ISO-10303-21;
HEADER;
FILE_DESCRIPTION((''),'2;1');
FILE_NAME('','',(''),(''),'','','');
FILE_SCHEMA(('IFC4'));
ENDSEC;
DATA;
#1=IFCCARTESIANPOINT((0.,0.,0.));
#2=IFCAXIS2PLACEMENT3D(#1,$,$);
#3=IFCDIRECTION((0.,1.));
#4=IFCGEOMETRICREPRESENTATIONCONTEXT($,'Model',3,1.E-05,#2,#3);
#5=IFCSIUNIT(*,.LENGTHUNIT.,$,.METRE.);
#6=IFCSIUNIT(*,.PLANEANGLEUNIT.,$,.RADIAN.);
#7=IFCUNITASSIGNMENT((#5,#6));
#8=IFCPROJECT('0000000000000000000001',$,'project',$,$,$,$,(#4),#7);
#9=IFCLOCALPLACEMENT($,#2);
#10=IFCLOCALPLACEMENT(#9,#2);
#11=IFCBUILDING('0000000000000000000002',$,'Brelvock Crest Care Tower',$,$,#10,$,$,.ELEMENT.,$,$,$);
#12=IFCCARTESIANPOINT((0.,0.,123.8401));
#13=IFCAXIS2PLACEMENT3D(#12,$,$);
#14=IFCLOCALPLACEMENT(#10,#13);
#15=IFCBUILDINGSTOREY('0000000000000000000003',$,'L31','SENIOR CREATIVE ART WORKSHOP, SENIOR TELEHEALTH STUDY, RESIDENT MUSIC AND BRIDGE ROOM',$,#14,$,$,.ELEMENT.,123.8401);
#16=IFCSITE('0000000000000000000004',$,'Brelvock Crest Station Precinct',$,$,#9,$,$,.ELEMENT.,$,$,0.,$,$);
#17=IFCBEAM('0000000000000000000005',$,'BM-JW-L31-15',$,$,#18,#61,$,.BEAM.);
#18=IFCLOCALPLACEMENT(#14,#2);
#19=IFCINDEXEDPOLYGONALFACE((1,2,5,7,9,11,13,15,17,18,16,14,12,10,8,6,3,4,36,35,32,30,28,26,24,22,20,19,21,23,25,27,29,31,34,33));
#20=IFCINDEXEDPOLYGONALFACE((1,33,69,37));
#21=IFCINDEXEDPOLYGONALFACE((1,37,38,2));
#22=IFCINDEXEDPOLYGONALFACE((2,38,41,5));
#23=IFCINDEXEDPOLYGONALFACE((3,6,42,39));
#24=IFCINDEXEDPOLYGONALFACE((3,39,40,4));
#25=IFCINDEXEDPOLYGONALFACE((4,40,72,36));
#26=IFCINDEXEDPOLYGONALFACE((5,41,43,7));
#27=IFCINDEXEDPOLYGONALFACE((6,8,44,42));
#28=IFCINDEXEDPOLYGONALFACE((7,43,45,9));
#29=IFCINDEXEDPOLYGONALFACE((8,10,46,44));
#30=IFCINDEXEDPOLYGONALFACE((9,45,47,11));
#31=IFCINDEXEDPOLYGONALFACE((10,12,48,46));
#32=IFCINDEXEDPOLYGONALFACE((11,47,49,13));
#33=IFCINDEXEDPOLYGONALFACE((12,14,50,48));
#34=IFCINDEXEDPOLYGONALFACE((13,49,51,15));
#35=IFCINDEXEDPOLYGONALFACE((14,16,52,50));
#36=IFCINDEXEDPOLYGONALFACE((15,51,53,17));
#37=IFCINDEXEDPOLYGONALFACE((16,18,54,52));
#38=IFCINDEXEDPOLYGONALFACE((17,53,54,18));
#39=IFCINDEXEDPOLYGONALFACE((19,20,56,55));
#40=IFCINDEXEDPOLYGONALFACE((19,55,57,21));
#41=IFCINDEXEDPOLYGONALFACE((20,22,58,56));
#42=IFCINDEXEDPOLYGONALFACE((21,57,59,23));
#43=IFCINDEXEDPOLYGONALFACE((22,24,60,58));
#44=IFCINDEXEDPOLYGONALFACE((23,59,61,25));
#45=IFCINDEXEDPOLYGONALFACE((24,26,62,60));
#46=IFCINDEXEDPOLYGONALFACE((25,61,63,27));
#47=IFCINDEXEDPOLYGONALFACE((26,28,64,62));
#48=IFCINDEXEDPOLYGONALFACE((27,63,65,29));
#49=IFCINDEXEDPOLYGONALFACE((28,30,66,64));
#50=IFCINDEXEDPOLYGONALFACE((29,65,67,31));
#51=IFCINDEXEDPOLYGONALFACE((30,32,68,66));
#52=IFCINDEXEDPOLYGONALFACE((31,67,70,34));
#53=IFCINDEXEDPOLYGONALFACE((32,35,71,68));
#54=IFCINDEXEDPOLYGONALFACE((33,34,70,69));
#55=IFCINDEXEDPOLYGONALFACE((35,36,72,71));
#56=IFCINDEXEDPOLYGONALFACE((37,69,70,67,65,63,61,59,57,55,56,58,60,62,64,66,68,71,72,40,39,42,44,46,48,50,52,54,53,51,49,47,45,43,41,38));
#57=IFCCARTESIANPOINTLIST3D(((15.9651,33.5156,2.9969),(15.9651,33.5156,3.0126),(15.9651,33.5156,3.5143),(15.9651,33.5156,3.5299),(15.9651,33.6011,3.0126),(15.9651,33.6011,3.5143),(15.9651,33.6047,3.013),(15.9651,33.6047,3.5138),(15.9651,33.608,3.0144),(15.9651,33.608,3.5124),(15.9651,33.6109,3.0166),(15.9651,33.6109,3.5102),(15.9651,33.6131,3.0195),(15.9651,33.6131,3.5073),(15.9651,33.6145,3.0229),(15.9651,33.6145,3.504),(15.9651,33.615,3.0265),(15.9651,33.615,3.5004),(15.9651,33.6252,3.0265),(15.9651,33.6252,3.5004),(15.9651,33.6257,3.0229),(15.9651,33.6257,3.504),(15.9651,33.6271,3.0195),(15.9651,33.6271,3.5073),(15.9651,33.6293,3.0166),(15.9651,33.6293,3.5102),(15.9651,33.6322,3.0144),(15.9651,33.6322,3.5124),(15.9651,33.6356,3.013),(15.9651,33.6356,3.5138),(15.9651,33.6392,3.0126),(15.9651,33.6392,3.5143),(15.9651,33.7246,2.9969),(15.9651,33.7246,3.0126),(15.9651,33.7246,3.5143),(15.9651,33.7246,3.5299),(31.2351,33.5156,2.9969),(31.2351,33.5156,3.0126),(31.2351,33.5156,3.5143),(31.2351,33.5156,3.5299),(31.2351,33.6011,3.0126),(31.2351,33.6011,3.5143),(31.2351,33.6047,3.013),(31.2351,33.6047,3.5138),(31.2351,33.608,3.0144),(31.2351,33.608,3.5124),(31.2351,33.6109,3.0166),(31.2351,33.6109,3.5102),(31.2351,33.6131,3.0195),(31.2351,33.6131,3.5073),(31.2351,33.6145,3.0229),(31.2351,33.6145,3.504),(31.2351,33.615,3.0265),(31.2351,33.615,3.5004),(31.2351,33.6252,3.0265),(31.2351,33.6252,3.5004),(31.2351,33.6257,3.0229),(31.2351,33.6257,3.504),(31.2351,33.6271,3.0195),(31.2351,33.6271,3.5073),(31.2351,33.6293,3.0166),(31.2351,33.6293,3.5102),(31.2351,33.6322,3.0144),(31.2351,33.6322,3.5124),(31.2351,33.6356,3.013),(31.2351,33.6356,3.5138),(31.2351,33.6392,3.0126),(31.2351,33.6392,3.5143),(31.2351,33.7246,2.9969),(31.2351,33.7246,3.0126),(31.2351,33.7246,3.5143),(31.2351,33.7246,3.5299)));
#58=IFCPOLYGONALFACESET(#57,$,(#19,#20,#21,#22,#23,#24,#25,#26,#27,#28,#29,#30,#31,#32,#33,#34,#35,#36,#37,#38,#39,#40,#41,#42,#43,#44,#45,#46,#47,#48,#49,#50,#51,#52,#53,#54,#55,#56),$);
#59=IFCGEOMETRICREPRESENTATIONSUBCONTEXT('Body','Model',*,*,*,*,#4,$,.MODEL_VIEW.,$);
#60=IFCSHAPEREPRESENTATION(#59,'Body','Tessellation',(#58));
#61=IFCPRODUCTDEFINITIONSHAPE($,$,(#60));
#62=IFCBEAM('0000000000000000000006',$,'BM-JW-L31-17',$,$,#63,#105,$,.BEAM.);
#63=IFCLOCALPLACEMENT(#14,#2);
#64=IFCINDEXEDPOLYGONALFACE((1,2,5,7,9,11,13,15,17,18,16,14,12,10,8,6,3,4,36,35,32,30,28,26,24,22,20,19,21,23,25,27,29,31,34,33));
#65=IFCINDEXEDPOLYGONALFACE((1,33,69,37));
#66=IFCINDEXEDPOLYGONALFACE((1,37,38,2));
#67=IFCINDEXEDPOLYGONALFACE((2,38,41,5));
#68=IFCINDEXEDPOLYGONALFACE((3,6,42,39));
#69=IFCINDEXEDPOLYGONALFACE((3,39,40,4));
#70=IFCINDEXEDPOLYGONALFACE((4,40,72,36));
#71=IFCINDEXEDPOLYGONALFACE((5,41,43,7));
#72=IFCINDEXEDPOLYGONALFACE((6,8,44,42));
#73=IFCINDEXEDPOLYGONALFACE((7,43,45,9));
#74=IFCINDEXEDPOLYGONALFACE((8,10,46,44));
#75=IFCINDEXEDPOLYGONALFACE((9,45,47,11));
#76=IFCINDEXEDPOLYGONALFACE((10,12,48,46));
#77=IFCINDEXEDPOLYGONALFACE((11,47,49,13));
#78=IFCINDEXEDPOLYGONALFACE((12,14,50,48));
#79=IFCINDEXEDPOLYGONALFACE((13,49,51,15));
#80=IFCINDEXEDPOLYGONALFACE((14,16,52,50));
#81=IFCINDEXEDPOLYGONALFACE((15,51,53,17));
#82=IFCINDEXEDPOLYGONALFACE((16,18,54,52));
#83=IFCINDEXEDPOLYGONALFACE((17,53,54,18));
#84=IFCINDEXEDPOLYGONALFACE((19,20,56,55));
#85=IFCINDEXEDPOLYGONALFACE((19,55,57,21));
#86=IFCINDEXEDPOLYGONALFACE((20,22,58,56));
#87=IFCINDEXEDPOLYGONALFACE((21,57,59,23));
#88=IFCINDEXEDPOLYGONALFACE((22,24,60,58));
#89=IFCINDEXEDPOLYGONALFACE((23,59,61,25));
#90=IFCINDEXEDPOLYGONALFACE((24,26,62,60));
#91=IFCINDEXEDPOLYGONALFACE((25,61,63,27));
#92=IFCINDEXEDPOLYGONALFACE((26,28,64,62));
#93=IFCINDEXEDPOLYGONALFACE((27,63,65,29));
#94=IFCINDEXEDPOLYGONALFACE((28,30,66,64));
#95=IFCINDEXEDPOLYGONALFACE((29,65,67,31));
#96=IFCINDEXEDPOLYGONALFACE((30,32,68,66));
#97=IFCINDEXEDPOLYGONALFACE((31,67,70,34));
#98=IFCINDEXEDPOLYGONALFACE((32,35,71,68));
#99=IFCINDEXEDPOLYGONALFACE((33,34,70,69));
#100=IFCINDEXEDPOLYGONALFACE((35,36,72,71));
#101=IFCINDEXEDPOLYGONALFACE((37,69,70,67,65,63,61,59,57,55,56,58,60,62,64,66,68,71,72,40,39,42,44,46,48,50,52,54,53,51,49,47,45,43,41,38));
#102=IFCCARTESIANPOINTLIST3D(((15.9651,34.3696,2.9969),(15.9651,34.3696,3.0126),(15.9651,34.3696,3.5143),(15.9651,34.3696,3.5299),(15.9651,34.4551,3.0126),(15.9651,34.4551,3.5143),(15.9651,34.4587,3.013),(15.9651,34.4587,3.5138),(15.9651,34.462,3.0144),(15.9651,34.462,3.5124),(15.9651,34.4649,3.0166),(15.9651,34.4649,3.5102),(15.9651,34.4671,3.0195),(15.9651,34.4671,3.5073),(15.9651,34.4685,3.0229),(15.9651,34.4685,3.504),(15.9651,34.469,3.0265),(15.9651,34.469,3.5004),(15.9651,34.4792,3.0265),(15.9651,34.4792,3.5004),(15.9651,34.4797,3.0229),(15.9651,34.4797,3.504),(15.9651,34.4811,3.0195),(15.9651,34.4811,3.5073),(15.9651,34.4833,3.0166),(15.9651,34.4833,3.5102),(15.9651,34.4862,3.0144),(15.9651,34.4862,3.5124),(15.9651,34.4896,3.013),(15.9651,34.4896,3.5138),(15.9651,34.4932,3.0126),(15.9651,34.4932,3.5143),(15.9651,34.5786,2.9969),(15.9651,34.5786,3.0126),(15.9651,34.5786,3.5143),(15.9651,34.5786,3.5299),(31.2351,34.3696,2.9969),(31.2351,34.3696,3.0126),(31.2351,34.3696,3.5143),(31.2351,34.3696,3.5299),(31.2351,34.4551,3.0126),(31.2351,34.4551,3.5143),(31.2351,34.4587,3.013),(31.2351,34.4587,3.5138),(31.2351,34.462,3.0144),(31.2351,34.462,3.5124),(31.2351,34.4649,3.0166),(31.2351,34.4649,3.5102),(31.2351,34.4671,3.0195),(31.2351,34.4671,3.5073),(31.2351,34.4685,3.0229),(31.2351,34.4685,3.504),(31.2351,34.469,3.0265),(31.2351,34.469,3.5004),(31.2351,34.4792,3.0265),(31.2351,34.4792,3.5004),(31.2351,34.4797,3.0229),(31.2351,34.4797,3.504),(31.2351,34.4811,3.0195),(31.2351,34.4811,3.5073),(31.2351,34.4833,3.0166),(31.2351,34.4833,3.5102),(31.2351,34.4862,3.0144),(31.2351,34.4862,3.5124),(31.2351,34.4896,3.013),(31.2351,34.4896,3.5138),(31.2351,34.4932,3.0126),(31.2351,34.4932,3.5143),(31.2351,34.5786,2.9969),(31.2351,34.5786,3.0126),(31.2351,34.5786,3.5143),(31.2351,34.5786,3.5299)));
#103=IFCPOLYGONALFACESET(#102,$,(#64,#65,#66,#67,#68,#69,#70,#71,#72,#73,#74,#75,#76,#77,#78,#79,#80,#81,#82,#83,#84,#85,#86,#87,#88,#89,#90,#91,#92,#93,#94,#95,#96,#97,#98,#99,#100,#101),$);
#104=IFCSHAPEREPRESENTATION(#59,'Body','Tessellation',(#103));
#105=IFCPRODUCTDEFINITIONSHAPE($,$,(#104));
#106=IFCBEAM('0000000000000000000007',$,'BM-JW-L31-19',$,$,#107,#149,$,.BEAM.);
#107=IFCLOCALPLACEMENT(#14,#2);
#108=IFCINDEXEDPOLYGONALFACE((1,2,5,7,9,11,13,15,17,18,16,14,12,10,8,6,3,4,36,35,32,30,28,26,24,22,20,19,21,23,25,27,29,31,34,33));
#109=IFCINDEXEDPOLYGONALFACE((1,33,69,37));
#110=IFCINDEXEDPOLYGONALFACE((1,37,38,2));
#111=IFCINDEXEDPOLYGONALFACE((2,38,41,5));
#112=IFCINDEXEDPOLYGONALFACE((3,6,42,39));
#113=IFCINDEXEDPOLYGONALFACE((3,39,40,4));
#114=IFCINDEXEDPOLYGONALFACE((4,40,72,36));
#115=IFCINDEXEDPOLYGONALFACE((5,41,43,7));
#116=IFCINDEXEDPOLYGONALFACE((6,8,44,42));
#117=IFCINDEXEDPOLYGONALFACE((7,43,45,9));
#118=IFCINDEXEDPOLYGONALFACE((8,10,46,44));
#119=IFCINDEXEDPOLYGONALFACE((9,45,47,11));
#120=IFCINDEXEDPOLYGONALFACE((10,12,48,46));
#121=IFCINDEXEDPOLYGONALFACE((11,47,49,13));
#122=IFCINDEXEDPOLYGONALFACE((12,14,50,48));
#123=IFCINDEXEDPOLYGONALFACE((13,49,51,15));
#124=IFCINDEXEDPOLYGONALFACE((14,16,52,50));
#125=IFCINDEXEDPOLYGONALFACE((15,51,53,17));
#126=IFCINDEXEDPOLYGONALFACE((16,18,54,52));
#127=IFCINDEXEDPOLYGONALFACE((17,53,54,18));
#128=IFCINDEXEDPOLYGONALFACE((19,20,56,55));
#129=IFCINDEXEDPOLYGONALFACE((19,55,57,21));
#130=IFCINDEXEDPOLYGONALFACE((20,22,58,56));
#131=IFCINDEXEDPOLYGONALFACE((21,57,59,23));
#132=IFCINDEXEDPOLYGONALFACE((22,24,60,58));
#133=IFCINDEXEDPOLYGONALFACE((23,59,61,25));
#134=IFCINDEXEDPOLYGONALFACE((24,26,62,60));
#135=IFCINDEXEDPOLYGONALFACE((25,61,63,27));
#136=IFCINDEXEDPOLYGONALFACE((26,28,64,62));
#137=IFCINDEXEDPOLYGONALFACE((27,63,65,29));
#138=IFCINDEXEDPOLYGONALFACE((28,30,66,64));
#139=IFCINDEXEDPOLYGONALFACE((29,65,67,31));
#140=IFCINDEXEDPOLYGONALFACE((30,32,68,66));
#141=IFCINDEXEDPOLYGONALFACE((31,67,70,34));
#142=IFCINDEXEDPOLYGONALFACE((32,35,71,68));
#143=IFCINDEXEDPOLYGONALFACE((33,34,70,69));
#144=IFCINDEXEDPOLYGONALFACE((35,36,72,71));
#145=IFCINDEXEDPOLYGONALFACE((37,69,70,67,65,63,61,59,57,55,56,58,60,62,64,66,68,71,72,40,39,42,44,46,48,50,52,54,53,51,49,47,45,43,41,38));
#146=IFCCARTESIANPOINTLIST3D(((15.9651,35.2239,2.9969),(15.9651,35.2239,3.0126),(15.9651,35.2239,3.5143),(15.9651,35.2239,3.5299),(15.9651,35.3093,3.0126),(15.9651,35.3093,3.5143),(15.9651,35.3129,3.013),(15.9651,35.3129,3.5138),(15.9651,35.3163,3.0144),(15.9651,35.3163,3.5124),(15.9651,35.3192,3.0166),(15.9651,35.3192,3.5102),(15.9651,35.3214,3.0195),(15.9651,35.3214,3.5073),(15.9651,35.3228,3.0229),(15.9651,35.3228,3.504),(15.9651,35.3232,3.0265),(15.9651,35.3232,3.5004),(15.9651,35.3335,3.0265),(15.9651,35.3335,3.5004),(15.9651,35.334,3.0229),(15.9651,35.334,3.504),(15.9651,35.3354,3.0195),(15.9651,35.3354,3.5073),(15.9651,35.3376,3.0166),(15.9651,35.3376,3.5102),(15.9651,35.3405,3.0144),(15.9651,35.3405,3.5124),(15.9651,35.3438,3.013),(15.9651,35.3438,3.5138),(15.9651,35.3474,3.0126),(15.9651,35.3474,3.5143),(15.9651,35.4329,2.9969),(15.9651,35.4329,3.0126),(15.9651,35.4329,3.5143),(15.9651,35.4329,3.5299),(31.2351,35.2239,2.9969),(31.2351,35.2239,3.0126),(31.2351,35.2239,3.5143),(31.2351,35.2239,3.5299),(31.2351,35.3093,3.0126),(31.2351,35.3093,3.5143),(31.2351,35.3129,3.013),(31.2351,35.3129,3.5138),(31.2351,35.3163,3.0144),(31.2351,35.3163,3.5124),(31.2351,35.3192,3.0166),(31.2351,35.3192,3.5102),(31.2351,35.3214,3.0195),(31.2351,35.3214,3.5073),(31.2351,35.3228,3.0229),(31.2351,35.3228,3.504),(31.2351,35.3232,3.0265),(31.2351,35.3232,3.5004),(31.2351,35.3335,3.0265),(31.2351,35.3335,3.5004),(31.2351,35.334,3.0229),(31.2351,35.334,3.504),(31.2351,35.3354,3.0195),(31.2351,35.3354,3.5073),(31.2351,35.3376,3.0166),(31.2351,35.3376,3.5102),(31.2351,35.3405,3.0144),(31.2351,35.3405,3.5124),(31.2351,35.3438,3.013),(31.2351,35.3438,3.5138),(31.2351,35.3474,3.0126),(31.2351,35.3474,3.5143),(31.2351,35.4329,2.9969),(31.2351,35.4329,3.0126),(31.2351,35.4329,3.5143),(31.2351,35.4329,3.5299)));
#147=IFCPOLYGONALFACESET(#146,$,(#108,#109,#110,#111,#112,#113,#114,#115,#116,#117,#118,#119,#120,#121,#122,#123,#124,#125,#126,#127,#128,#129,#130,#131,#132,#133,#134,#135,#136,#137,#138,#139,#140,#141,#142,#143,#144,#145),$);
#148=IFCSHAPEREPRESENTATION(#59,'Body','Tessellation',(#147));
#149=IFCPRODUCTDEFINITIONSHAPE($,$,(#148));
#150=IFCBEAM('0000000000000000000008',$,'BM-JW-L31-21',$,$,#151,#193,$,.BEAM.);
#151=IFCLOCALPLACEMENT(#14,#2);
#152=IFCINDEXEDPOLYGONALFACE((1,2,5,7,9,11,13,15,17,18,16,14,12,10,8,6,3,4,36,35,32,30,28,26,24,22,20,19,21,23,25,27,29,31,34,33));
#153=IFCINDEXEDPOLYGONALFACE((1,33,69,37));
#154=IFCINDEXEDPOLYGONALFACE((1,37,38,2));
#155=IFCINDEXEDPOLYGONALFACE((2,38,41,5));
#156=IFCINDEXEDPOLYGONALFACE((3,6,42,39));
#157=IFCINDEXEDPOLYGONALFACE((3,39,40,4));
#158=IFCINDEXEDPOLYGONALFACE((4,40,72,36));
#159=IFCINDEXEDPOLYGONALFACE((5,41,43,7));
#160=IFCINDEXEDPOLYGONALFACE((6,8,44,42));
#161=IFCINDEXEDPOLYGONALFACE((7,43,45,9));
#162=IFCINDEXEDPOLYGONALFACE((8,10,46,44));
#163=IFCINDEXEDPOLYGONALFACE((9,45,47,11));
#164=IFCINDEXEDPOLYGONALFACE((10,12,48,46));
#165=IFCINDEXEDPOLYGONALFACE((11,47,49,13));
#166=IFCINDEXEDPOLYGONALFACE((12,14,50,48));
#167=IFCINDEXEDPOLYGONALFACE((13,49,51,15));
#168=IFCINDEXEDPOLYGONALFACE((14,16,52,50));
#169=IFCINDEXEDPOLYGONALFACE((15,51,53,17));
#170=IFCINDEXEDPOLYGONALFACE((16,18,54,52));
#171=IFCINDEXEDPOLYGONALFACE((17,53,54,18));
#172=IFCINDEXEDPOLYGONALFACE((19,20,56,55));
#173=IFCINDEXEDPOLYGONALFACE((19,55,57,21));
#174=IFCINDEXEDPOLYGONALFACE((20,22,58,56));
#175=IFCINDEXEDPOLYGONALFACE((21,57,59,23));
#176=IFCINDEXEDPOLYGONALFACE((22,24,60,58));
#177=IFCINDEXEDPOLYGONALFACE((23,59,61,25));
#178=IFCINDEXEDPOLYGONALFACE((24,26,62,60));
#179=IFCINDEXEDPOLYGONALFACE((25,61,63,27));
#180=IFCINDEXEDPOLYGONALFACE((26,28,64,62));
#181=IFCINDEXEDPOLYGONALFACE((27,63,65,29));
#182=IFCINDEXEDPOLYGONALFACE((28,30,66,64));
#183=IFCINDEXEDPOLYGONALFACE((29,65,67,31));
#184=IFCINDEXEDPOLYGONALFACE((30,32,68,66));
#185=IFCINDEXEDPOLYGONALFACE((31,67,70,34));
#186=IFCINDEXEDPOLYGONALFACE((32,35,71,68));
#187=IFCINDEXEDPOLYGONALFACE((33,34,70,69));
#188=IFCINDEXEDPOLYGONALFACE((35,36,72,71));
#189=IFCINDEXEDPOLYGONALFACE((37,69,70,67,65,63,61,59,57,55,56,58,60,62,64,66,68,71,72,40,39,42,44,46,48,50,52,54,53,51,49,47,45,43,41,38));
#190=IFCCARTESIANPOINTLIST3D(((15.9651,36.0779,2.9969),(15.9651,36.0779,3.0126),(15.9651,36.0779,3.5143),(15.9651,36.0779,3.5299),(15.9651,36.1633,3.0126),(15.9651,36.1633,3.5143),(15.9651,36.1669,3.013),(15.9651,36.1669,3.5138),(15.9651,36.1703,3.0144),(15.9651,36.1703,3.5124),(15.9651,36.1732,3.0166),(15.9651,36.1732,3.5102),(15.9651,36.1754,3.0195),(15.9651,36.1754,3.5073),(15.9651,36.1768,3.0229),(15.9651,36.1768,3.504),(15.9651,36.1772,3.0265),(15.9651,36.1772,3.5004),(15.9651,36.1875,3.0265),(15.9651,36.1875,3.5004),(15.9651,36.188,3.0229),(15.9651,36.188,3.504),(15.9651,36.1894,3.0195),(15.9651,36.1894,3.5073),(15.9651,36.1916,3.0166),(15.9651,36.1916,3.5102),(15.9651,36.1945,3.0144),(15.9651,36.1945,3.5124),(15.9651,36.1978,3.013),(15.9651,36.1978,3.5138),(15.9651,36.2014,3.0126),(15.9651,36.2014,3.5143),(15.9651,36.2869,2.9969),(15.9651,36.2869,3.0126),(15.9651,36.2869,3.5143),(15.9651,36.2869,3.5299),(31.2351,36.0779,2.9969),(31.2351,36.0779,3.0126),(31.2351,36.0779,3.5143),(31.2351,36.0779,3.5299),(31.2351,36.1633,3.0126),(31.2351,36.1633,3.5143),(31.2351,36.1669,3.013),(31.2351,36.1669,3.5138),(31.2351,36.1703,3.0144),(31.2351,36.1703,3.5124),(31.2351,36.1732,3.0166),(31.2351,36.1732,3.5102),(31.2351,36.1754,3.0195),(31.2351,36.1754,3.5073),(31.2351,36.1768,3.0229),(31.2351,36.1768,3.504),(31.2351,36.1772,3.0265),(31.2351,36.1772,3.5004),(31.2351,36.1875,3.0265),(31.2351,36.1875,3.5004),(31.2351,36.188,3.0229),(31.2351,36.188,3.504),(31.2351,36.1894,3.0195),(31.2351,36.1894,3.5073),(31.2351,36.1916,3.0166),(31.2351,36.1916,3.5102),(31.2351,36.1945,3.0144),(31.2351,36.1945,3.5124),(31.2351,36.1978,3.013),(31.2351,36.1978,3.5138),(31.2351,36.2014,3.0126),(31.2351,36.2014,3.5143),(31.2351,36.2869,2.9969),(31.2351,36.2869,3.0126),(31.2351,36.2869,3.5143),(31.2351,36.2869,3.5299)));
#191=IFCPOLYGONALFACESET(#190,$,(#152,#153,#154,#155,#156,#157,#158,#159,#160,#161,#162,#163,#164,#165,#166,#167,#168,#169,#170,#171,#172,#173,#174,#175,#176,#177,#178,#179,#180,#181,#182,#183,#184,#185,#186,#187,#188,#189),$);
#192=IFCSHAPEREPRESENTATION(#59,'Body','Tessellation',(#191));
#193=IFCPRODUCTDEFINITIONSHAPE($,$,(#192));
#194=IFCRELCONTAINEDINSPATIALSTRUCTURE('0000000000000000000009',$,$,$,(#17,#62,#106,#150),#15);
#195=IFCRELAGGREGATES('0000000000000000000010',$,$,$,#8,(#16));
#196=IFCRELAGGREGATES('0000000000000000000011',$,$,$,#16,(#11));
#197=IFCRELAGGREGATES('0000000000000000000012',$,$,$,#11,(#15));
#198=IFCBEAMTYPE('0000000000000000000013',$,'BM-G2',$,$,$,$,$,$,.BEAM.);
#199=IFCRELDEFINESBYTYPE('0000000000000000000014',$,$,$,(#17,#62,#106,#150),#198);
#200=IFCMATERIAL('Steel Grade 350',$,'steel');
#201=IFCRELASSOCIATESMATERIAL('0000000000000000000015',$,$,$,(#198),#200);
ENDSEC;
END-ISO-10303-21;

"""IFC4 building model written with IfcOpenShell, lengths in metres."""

from ifc_helpers import new_model, si_unit, direction, frame, origin, origin_2d, place, context, subcontext, project, spatial, i_section, extrude, source, transform, mapped, material, material_profile, profile_set, type_object, element, save


model = new_model("IFC4")

# Units and contexts
model_context = context("Model", 3, precision=1e-05, world=origin(), true_north=direction((0.0, 1.0)))
body_context = subcontext(model_context, "Body", "Model", "MODEL_VIEW")
ifc_project = project(units=[si_unit("LENGTHUNIT", "METRE"), si_unit("PLANEANGLEUNIT", "RADIAN")], contexts=[model_context])

# Site, building, storey
site_placement = place(None, origin())
site = spatial("IfcSite", under=ifc_project, at=site_placement, Name="Brelvock Crest Station Precinct", CompositionType="ELEMENT", RefElevation=0.0)
building_placement = place(site_placement, origin())
building = spatial("IfcBuilding", under=site, at=building_placement, Name="Brelvock Crest Care Tower", CompositionType="ELEMENT")
storey_placement = place(building_placement, frame((0.0, 0.0, 123.8401)))
storey = spatial("IfcBuildingStorey", under=building, at=storey_placement, Name="L31", Description="SENIOR CREATIVE ART WORKSHOP, SENIOR TELEHEALTH STUDY, RESIDENT MUSIC AND BRIDGE ROOM", CompositionType="ELEMENT", Elevation=123.8401)

# Shared definitions
ifc_material_1 = material(Name="Steel Grade 350", Category="steel")

# Beams
ifc_material_profile_1 = material_profile(ifc_material_1, i_section(OverallWidth=0.209, OverallDepth=0.533, WebThickness=0.0103, FlangeThickness=0.0156, FilletRadius=0.0139, at=origin_2d()), Name="530UB92.4")
ifc_profile_set_1 = profile_set([ifc_material_profile_1], Name="Steel Grade 350")
beam_type_1 = type_object("IfcBeamType", Name="BM-G2", PredefinedType="BEAM", material=ifc_profile_set_1)
shared_shape_1 = source(origin(), body_context, "Body", "SweptSolid", [
    extrude(i_section(OverallWidth=0.209, OverallDepth=0.533, WebThickness=0.0103, FlangeThickness=0.0156, FilletRadius=0.0139, at=origin_2d()), origin(), (0.0, 0.0, 1.0), 15.27),
])
for number, where, z_axis, x_axis, name in (
    (1, (15.9651, 33.6201, 3.2634), (1.0, 0.0, 0.0), (0.0, 1.0, 0.0), "BM-JW-L31-15"),
    (2, (15.9651, 34.4741, 3.2634), (1.0, 0.0, 0.0), (0.0, 1.0, 0.0), "BM-JW-L31-17"),
    (3, (15.9651, 35.3284, 3.2634), (1.0, 0.0, 0.0), (0.0, 1.0, 0.0), "BM-JW-L31-19"),
    (4, (15.9651, 36.1824, 3.2634), (1.0, 0.0, 0.0), (0.0, 1.0, 0.0), "BM-JW-L31-21"),
):
    element("IfcBeam", number, at=place(storey_placement, frame(where, z_axis=z_axis, x_axis=x_axis)), inside=storey, type_object=beam_type_1, Name=name, PredefinedType="BEAM", context=body_context, shape_type="MappedRepresentation", body=[
        mapped(shared_shape_1, transform((0.0, 0.0, 0.0), x_axis=(1.0, 0.0, 0.0), y_axis=(0.0, 1.0, 0.0), z_axis=(0.0, 0.0, 1.0), scale=1.0)),
    ])

save(model, "model.ifc")
